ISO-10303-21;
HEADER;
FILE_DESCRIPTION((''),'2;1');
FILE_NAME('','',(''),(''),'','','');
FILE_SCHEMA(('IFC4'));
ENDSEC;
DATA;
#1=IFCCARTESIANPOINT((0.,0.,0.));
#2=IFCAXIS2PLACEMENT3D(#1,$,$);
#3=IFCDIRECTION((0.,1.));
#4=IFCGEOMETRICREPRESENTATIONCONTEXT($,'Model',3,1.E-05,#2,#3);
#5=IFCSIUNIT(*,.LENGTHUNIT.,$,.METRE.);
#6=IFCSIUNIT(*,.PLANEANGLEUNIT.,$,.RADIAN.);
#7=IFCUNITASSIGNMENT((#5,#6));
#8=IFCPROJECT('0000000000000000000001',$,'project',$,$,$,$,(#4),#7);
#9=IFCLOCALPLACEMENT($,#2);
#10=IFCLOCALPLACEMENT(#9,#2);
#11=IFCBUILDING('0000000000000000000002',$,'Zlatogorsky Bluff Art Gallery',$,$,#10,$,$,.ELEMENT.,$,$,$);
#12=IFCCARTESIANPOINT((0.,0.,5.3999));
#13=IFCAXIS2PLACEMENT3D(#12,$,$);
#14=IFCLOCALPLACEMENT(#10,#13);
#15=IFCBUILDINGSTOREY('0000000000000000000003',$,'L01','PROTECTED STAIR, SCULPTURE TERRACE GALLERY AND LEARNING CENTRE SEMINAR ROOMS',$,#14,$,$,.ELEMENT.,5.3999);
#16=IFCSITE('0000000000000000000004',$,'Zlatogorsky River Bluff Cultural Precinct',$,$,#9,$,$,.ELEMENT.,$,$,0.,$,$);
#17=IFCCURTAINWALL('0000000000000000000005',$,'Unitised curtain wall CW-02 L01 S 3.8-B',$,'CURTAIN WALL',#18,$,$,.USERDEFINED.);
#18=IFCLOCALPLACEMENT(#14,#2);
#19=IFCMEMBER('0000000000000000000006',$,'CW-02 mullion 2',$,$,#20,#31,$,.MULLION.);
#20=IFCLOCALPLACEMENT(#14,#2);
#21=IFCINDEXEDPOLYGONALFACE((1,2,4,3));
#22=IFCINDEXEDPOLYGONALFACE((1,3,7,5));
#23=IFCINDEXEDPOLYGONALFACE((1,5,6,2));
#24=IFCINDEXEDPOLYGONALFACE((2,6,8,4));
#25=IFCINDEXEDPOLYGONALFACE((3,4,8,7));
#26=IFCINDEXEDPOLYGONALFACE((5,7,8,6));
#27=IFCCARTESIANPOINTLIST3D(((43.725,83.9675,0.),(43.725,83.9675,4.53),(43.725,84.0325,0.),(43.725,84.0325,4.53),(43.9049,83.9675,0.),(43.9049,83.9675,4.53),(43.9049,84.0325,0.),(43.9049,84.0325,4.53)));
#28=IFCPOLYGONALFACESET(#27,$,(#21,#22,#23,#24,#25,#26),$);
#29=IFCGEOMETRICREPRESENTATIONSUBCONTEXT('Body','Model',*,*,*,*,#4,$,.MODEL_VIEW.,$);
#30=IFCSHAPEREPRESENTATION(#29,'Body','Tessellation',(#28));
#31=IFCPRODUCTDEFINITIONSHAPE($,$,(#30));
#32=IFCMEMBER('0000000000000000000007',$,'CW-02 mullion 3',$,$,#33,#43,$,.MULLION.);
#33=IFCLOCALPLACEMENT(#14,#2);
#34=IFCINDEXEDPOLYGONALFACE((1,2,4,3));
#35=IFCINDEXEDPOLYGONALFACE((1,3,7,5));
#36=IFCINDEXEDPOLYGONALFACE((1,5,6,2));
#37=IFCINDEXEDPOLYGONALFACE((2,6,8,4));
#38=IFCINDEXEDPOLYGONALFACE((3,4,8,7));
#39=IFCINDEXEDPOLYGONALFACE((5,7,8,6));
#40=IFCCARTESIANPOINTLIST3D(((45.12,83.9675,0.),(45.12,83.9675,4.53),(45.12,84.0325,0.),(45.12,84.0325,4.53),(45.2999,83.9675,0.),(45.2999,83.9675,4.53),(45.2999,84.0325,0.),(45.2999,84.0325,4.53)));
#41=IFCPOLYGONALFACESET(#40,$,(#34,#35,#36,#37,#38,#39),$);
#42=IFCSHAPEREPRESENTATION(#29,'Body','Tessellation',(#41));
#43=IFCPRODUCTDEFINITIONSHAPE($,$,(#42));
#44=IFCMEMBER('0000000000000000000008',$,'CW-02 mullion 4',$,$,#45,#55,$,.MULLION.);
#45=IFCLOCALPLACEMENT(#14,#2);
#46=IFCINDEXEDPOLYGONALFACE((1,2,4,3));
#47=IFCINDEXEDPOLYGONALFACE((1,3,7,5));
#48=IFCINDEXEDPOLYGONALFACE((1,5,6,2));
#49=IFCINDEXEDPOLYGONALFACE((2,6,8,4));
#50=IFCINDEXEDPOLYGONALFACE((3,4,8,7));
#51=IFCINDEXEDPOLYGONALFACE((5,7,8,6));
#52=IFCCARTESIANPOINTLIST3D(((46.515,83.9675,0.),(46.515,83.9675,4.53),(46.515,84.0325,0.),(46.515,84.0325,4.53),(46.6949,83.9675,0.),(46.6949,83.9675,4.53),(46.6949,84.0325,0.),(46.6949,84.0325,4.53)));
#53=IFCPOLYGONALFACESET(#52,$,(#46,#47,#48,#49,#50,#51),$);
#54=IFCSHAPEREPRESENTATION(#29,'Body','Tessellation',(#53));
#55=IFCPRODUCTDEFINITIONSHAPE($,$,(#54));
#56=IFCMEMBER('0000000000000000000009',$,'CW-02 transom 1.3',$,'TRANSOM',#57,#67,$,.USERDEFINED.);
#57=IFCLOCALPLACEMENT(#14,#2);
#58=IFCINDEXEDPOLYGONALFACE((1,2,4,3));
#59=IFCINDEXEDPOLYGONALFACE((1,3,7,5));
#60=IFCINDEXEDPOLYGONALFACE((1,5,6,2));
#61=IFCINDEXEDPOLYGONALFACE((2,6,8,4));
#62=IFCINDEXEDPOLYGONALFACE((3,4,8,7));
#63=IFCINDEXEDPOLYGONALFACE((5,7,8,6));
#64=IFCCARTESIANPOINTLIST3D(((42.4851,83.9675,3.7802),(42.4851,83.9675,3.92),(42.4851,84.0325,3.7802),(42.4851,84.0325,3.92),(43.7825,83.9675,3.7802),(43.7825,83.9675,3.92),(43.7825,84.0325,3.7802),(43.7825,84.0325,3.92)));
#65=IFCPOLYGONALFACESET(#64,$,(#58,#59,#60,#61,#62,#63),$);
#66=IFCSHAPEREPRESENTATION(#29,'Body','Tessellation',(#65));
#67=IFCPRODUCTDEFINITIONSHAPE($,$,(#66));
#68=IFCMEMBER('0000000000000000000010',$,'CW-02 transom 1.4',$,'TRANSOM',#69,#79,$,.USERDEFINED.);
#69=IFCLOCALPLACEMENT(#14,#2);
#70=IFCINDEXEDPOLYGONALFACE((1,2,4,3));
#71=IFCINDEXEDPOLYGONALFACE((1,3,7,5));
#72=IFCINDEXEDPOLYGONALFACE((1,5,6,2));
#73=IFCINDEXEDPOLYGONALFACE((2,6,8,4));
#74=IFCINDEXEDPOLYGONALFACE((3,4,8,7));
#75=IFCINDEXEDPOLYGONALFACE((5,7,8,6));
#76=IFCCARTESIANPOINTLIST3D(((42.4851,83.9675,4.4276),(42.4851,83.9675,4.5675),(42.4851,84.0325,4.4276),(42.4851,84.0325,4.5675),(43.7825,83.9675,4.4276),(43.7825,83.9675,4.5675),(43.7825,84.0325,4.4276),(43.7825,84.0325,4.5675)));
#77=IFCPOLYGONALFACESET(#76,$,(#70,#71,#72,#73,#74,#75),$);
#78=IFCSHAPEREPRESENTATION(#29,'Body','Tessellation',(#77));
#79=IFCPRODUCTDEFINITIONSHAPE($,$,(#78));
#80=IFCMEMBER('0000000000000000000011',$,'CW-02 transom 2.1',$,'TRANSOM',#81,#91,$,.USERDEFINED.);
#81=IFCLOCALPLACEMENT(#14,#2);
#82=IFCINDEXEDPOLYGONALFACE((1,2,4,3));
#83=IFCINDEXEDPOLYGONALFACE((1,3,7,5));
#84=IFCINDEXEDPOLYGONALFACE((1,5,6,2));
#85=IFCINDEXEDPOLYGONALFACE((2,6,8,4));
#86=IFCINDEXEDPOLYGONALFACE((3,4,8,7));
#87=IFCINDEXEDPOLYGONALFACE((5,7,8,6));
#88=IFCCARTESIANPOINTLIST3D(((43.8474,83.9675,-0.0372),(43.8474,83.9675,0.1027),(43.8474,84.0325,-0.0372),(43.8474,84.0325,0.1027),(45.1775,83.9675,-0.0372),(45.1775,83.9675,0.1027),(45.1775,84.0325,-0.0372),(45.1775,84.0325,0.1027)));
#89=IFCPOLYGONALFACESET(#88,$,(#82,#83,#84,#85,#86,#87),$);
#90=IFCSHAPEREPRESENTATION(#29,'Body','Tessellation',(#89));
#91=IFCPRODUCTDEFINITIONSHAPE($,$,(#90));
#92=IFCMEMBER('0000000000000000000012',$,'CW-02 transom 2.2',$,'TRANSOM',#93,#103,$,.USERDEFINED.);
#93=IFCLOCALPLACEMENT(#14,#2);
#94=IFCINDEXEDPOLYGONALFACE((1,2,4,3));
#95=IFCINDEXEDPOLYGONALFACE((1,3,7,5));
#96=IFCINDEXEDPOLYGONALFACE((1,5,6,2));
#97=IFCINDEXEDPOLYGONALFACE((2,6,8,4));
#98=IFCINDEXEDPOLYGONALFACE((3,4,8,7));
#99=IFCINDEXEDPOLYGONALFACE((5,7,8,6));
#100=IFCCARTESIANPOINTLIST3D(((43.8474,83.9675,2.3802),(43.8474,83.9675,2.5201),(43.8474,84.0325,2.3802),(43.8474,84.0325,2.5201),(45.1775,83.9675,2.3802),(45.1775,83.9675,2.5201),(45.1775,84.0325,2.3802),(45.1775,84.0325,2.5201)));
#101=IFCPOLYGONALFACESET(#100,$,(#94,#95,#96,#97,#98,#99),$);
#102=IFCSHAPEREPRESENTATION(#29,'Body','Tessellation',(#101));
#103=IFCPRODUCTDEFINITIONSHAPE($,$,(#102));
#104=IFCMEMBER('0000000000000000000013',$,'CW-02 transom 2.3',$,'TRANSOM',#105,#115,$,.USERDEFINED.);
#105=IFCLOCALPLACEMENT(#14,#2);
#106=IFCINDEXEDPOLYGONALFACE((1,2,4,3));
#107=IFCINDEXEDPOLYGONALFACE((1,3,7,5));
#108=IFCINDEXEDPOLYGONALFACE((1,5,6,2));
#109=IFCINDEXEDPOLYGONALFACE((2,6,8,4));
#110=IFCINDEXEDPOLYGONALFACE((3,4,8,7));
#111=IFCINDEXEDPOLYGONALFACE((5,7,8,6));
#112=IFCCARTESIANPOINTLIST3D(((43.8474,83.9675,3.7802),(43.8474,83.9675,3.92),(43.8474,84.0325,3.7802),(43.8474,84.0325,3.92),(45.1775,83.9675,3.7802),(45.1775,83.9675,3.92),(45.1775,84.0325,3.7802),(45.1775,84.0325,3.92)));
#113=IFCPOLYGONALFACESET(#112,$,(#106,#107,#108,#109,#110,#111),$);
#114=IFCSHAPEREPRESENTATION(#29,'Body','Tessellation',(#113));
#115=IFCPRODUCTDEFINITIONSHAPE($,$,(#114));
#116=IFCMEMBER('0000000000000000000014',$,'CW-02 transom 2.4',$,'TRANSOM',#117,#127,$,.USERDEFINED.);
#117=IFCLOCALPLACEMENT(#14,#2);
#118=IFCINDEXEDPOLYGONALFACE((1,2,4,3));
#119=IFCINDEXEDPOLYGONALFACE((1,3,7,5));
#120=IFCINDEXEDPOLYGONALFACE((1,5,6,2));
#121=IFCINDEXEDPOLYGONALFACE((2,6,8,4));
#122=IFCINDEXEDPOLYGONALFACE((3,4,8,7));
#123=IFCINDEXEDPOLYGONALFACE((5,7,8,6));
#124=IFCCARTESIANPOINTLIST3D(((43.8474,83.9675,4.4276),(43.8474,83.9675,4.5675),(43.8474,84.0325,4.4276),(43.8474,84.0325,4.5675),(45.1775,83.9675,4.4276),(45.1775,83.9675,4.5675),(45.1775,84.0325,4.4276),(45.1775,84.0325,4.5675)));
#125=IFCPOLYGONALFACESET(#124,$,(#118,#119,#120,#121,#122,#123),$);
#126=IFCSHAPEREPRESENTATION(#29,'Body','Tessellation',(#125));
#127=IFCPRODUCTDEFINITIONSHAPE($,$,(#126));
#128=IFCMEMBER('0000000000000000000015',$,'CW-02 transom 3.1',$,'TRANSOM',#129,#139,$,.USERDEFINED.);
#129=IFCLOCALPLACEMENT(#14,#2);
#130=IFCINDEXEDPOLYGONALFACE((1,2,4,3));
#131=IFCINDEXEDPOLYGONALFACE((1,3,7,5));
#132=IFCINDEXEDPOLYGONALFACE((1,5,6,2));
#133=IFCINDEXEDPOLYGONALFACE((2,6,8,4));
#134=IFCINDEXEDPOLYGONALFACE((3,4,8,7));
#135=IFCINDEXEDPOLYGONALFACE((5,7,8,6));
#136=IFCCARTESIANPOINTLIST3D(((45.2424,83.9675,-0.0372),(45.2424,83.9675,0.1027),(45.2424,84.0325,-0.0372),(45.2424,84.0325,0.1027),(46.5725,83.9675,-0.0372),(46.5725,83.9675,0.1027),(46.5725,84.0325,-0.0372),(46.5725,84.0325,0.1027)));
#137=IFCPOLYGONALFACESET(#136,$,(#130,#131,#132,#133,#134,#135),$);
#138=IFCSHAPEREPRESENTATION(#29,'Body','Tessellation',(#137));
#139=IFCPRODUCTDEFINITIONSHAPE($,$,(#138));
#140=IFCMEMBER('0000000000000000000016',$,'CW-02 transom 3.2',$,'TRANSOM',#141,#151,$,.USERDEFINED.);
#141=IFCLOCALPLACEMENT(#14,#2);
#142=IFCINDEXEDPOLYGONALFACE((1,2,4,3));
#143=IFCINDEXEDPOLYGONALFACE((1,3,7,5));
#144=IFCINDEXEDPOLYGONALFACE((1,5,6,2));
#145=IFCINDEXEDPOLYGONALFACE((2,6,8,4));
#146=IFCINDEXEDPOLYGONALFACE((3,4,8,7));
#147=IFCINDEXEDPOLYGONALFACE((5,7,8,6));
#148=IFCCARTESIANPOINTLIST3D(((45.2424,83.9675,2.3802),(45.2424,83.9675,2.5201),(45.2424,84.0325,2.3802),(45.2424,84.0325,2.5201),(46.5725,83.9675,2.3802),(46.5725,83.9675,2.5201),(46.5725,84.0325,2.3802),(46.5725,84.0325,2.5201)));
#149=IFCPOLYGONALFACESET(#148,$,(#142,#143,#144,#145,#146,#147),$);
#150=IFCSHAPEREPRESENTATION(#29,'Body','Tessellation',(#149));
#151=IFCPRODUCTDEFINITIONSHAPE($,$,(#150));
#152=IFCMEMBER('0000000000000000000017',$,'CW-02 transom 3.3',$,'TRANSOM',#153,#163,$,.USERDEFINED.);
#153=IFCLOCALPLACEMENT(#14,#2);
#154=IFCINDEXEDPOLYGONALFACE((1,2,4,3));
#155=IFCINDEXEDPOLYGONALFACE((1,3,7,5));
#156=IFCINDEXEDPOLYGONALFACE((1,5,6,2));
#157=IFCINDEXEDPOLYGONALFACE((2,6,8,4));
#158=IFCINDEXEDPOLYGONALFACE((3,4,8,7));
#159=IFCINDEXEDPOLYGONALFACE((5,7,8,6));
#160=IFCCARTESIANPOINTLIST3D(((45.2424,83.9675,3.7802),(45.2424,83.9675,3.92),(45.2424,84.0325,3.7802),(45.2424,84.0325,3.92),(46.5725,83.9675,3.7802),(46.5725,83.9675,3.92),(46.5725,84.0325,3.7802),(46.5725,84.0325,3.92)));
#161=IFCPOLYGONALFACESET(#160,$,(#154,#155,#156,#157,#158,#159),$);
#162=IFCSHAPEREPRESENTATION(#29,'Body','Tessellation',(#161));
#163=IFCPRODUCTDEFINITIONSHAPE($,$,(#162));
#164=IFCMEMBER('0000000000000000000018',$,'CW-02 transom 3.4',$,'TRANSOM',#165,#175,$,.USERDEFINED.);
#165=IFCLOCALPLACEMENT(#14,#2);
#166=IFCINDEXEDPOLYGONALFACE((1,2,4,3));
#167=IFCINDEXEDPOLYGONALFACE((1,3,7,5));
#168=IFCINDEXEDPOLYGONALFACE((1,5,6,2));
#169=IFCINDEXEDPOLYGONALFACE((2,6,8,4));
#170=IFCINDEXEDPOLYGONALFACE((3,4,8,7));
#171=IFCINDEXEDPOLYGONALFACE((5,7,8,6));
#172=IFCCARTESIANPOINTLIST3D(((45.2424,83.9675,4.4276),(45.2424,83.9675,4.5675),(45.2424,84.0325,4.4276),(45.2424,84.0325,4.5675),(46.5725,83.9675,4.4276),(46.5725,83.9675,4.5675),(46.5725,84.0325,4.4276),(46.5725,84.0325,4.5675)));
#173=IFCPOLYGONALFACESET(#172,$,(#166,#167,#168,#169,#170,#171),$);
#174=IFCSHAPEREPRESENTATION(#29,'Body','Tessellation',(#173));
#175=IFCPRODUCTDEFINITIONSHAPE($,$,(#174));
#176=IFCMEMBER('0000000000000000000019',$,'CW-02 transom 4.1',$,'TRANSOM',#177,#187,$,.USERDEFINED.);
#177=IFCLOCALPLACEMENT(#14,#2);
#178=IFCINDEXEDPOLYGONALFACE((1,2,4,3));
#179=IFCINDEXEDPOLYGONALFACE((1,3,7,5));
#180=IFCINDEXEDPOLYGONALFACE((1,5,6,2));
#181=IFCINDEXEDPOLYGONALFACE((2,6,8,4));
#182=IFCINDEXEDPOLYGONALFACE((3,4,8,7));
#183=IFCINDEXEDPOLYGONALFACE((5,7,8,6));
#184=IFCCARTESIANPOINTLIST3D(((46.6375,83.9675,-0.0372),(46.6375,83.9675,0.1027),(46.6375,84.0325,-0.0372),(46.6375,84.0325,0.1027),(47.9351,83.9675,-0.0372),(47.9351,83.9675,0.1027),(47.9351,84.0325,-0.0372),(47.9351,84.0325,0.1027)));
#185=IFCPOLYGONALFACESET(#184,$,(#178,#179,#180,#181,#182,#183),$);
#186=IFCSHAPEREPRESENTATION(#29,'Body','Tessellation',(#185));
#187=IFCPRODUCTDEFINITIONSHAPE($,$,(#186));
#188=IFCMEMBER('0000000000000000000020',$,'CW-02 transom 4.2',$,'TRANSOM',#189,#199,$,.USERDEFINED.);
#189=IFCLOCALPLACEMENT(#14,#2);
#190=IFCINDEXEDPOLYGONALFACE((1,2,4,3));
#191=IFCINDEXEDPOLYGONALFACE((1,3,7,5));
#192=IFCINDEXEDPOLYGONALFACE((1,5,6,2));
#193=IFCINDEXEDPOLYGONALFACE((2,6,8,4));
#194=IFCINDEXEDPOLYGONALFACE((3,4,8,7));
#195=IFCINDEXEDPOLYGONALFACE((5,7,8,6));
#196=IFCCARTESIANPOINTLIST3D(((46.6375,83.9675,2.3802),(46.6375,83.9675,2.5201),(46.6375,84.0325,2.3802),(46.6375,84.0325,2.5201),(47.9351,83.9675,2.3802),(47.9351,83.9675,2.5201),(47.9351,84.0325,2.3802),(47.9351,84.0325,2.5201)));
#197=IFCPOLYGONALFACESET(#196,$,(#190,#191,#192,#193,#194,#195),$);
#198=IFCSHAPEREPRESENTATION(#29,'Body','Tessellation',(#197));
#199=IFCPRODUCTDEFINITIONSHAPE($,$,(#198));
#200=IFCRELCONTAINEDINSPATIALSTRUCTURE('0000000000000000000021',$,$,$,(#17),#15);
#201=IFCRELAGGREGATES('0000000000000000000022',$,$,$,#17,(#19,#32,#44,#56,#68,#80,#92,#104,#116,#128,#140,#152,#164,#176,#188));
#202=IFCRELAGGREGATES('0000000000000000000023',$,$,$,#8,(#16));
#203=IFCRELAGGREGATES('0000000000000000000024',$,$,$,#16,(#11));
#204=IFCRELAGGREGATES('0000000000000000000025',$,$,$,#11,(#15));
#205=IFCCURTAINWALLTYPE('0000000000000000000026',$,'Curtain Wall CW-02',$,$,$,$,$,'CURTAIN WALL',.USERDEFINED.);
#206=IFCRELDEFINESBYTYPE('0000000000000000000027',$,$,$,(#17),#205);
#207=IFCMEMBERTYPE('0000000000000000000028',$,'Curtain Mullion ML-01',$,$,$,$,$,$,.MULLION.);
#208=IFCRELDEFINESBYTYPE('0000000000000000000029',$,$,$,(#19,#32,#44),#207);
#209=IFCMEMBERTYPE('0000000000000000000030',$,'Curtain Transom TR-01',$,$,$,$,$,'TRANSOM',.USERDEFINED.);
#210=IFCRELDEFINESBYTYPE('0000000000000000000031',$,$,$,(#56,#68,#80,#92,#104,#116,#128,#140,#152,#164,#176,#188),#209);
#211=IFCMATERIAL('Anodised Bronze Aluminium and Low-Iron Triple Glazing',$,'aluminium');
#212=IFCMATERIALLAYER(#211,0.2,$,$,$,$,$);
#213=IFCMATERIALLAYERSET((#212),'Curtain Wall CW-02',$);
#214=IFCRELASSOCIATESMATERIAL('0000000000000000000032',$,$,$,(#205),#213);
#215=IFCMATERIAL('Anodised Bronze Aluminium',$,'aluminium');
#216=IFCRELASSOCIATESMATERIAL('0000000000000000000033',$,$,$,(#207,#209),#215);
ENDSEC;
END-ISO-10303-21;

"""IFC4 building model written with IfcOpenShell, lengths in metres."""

from ifc_helpers import new_model, si_unit, direction, frame, origin, origin_2d, place, context, subcontext, project, spatial, rectangle, extrude, material, layer, layer_set, material_profile, profile_set, type_object, element, aggregate, save


model = new_model("IFC4")

# Units and contexts
model_context = context("Model", 3, precision=1e-05, world=origin(), true_north=direction((0.0, 1.0)))
body_context = subcontext(model_context, "Body", "Model", "MODEL_VIEW")
ifc_project = project(units=[si_unit("LENGTHUNIT", "METRE"), si_unit("PLANEANGLEUNIT", "RADIAN")], contexts=[model_context])

# Site, building, storey
site_placement = place(None, origin())
site = spatial("IfcSite", under=ifc_project, at=site_placement, Name="Zlatogorsky River Bluff Cultural Precinct", CompositionType="ELEMENT", RefElevation=0.0)
building_placement = place(site_placement, origin())
building = spatial("IfcBuilding", under=site, at=building_placement, Name="Zlatogorsky Bluff Art Gallery", CompositionType="ELEMENT")
storey_placement = place(building_placement, frame((0.0, 0.0, 5.3999)))
storey = spatial("IfcBuildingStorey", under=building, at=storey_placement, Name="L01", Description="PROTECTED STAIR, SCULPTURE TERRACE GALLERY AND LEARNING CENTRE SEMINAR ROOMS", CompositionType="ELEMENT", Elevation=5.3999)

# Curtain wall, members
ifc_material_1 = material(Name="Anodised Bronze Aluminium and Low-Iron Triple Glazing", Category="aluminium")
ifc_layer_1 = layer(ifc_material_1, 0.2)
ifc_layer_set_1 = layer_set([ifc_layer_1], Name="Curtain Wall CW-02")
curtain_wall_type = type_object("IfcCurtainWallType", Name="Curtain Wall CW-02", ElementType="CURTAIN WALL", PredefinedType="USERDEFINED", material=ifc_layer_set_1)
curtain_wall_placement = place(storey_placement, origin())
curtain_wall = element("IfcCurtainWall", 1, at=curtain_wall_placement, inside=storey, type_object=curtain_wall_type, Name="Unitised curtain wall CW-02 L01 S 3.8-B", ObjectType="CURTAIN WALL", PredefinedType="USERDEFINED")
ifc_material_2 = material(Name="Anodised Bronze Aluminium", Category="aluminium")
ifc_material_profile_1 = material_profile(ifc_material_2, rectangle(XDim=0.0649, YDim=0.1799, at=origin_2d()), Name="ALU MULLION 65x180")
ifc_profile_set_1 = profile_set([ifc_material_profile_1], Name="Anodised Bronze Aluminium")
member_type_1 = type_object("IfcMemberType", Name="Curtain Mullion ML-01", PredefinedType="MULLION", material=ifc_profile_set_1)
member_1_placement = place(storey_placement, frame((43.8149, 84.0, 0.0), z_axis=(0.0, 0.0, 1.0), x_axis=(0.0, 1.0, 0.0)))
member_1 = element("IfcMember", 2, at=member_1_placement, type_object=member_type_1, Name="CW-02 mullion 2", PredefinedType="MULLION", context=body_context, shape_type="SweptSolid", body=[
    extrude(rectangle(XDim=0.0649, YDim=0.1799, at=origin_2d()), origin(), (0.0, 0.0, 1.0), 4.53),
])
member_2_placement = place(storey_placement, frame((45.21, 84.0, 0.0), z_axis=(0.0, 0.0, 1.0), x_axis=(0.0, 1.0, 0.0)))
member_2 = element("IfcMember", 3, at=member_2_placement, type_object=member_type_1, Name="CW-02 mullion 3", PredefinedType="MULLION", context=body_context, shape_type="SweptSolid", body=[
    extrude(rectangle(XDim=0.0649, YDim=0.1799, at=origin_2d()), origin(), (0.0, 0.0, 1.0), 4.53),
])
member_3_placement = place(storey_placement, frame((46.605, 84.0, 0.0), z_axis=(0.0, 0.0, 1.0), x_axis=(0.0, 1.0, 0.0)))
member_3 = element("IfcMember", 4, at=member_3_placement, type_object=member_type_1, Name="CW-02 mullion 4", PredefinedType="MULLION", context=body_context, shape_type="SweptSolid", body=[
    extrude(rectangle(XDim=0.0649, YDim=0.1799, at=origin_2d()), origin(), (0.0, 0.0, 1.0), 4.53),
])
ifc_material_profile_2 = material_profile(ifc_material_2, rectangle(XDim=0.0649, YDim=0.1399, at=origin_2d()), Name="ALU TRANSOM 65x140")
ifc_profile_set_2 = profile_set([ifc_material_profile_2], Name="Anodised Bronze Aluminium")
member_type_2 = type_object("IfcMemberType", Name="Curtain Transom TR-01", ElementType="TRANSOM", PredefinedType="USERDEFINED", material=ifc_profile_set_2)
member_4_placement = place(storey_placement, frame((42.4851, 84.0, 3.8501), z_axis=(1.0, 0.0, 0.0), x_axis=(0.0, 1.0, 0.0)))
member_4 = element("IfcMember", 5, at=member_4_placement, type_object=member_type_2, Name="CW-02 transom 1.3", ObjectType="TRANSOM", PredefinedType="USERDEFINED", context=body_context, shape_type="SweptSolid", body=[
    extrude(rectangle(XDim=0.0649, YDim=0.1399, at=origin_2d()), origin(), (0.0, 0.0, 1.0), 1.2974),
])
member_5_placement = place(storey_placement, frame((42.4851, 84.0, 4.4976), z_axis=(1.0, 0.0, 0.0), x_axis=(0.0, 1.0, 0.0)))
member_5 = element("IfcMember", 6, at=member_5_placement, type_object=member_type_2, Name="CW-02 transom 1.4", ObjectType="TRANSOM", PredefinedType="USERDEFINED", context=body_context, shape_type="SweptSolid", body=[
    extrude(rectangle(XDim=0.0649, YDim=0.1399, at=origin_2d()), origin(), (0.0, 0.0, 1.0), 1.2974),
])
member_6_placement = place(storey_placement, frame((43.8474, 84.0, 0.0327), z_axis=(1.0, 0.0, 0.0), x_axis=(0.0, 1.0, 0.0)))
member_6 = element("IfcMember", 7, at=member_6_placement, type_object=member_type_2, Name="CW-02 transom 2.1", ObjectType="TRANSOM", PredefinedType="USERDEFINED", context=body_context, shape_type="SweptSolid", body=[
    extrude(rectangle(XDim=0.0649, YDim=0.1399, at=origin_2d()), origin(), (0.0, 0.0, 1.0), 1.3301),
])
member_7_placement = place(storey_placement, frame((43.8474, 84.0, 2.4502), z_axis=(1.0, 0.0, 0.0), x_axis=(0.0, 1.0, 0.0)))
member_7 = element("IfcMember", 8, at=member_7_placement, type_object=member_type_2, Name="CW-02 transom 2.2", ObjectType="TRANSOM", PredefinedType="USERDEFINED", context=body_context, shape_type="SweptSolid", body=[
    extrude(rectangle(XDim=0.0649, YDim=0.1399, at=origin_2d()), origin(), (0.0, 0.0, 1.0), 1.3301),
])
member_8_placement = place(storey_placement, frame((43.8474, 84.0, 3.8501), z_axis=(1.0, 0.0, 0.0), x_axis=(0.0, 1.0, 0.0)))
member_8 = element("IfcMember", 9, at=member_8_placement, type_object=member_type_2, Name="CW-02 transom 2.3", ObjectType="TRANSOM", PredefinedType="USERDEFINED", context=body_context, shape_type="SweptSolid", body=[
    extrude(rectangle(XDim=0.0649, YDim=0.1399, at=origin_2d()), origin(), (0.0, 0.0, 1.0), 1.3301),
])
member_9_placement = place(storey_placement, frame((43.8474, 84.0, 4.4976), z_axis=(1.0, 0.0, 0.0), x_axis=(0.0, 1.0, 0.0)))
member_9 = element("IfcMember", 10, at=member_9_placement, type_object=member_type_2, Name="CW-02 transom 2.4", ObjectType="TRANSOM", PredefinedType="USERDEFINED", context=body_context, shape_type="SweptSolid", body=[
    extrude(rectangle(XDim=0.0649, YDim=0.1399, at=origin_2d()), origin(), (0.0, 0.0, 1.0), 1.3301),
])
member_10_placement = place(storey_placement, frame((45.2424, 84.0, 0.0327), z_axis=(1.0, 0.0, 0.0), x_axis=(0.0, 1.0, 0.0)))
member_10 = element("IfcMember", 11, at=member_10_placement, type_object=member_type_2, Name="CW-02 transom 3.1", ObjectType="TRANSOM", PredefinedType="USERDEFINED", context=body_context, shape_type="SweptSolid", body=[
    extrude(rectangle(XDim=0.0649, YDim=0.1399, at=origin_2d()), origin(), (0.0, 0.0, 1.0), 1.3301),
])
member_11_placement = place(storey_placement, frame((45.2424, 84.0, 2.4502), z_axis=(1.0, 0.0, 0.0), x_axis=(0.0, 1.0, 0.0)))
member_11 = element("IfcMember", 12, at=member_11_placement, type_object=member_type_2, Name="CW-02 transom 3.2", ObjectType="TRANSOM", PredefinedType="USERDEFINED", context=body_context, shape_type="SweptSolid", body=[
    extrude(rectangle(XDim=0.0649, YDim=0.1399, at=origin_2d()), origin(), (0.0, 0.0, 1.0), 1.3301),
])
member_12_placement = place(storey_placement, frame((45.2424, 84.0, 3.8501), z_axis=(1.0, 0.0, 0.0), x_axis=(0.0, 1.0, 0.0)))
member_12 = element("IfcMember", 13, at=member_12_placement, type_object=member_type_2, Name="CW-02 transom 3.3", ObjectType="TRANSOM", PredefinedType="USERDEFINED", context=body_context, shape_type="SweptSolid", body=[
    extrude(rectangle(XDim=0.0649, YDim=0.1399, at=origin_2d()), origin(), (0.0, 0.0, 1.0), 1.3301),
])
member_13_placement = place(storey_placement, frame((45.2424, 84.0, 4.4976), z_axis=(1.0, 0.0, 0.0), x_axis=(0.0, 1.0, 0.0)))
member_13 = element("IfcMember", 14, at=member_13_placement, type_object=member_type_2, Name="CW-02 transom 3.4", ObjectType="TRANSOM", PredefinedType="USERDEFINED", context=body_context, shape_type="SweptSolid", body=[
    extrude(rectangle(XDim=0.0649, YDim=0.1399, at=origin_2d()), origin(), (0.0, 0.0, 1.0), 1.3301),
])
member_14_placement = place(storey_placement, frame((46.6375, 84.0, 0.0327), z_axis=(1.0, 0.0, 0.0), x_axis=(0.0, 1.0, 0.0)))
member_14 = element("IfcMember", 15, at=member_14_placement, type_object=member_type_2, Name="CW-02 transom 4.1", ObjectType="TRANSOM", PredefinedType="USERDEFINED", context=body_context, shape_type="SweptSolid", body=[
    extrude(rectangle(XDim=0.0649, YDim=0.1399, at=origin_2d()), origin(), (0.0, 0.0, 1.0), 1.2976),
])
member_15_placement = place(storey_placement, frame((46.6375, 84.0, 2.4502), z_axis=(1.0, 0.0, 0.0), x_axis=(0.0, 1.0, 0.0)))
member_15 = element("IfcMember", 16, at=member_15_placement, type_object=member_type_2, Name="CW-02 transom 4.2", ObjectType="TRANSOM", PredefinedType="USERDEFINED", context=body_context, shape_type="SweptSolid", body=[
    extrude(rectangle(XDim=0.0649, YDim=0.1399, at=origin_2d()), origin(), (0.0, 0.0, 1.0), 1.2976),
])
aggregate(curtain_wall, [member_1, member_2, member_3, member_4, member_5, member_6, member_7, member_8, member_9, member_10, member_11, member_12, member_13, member_14, member_15])

save(model, "model.ifc")
